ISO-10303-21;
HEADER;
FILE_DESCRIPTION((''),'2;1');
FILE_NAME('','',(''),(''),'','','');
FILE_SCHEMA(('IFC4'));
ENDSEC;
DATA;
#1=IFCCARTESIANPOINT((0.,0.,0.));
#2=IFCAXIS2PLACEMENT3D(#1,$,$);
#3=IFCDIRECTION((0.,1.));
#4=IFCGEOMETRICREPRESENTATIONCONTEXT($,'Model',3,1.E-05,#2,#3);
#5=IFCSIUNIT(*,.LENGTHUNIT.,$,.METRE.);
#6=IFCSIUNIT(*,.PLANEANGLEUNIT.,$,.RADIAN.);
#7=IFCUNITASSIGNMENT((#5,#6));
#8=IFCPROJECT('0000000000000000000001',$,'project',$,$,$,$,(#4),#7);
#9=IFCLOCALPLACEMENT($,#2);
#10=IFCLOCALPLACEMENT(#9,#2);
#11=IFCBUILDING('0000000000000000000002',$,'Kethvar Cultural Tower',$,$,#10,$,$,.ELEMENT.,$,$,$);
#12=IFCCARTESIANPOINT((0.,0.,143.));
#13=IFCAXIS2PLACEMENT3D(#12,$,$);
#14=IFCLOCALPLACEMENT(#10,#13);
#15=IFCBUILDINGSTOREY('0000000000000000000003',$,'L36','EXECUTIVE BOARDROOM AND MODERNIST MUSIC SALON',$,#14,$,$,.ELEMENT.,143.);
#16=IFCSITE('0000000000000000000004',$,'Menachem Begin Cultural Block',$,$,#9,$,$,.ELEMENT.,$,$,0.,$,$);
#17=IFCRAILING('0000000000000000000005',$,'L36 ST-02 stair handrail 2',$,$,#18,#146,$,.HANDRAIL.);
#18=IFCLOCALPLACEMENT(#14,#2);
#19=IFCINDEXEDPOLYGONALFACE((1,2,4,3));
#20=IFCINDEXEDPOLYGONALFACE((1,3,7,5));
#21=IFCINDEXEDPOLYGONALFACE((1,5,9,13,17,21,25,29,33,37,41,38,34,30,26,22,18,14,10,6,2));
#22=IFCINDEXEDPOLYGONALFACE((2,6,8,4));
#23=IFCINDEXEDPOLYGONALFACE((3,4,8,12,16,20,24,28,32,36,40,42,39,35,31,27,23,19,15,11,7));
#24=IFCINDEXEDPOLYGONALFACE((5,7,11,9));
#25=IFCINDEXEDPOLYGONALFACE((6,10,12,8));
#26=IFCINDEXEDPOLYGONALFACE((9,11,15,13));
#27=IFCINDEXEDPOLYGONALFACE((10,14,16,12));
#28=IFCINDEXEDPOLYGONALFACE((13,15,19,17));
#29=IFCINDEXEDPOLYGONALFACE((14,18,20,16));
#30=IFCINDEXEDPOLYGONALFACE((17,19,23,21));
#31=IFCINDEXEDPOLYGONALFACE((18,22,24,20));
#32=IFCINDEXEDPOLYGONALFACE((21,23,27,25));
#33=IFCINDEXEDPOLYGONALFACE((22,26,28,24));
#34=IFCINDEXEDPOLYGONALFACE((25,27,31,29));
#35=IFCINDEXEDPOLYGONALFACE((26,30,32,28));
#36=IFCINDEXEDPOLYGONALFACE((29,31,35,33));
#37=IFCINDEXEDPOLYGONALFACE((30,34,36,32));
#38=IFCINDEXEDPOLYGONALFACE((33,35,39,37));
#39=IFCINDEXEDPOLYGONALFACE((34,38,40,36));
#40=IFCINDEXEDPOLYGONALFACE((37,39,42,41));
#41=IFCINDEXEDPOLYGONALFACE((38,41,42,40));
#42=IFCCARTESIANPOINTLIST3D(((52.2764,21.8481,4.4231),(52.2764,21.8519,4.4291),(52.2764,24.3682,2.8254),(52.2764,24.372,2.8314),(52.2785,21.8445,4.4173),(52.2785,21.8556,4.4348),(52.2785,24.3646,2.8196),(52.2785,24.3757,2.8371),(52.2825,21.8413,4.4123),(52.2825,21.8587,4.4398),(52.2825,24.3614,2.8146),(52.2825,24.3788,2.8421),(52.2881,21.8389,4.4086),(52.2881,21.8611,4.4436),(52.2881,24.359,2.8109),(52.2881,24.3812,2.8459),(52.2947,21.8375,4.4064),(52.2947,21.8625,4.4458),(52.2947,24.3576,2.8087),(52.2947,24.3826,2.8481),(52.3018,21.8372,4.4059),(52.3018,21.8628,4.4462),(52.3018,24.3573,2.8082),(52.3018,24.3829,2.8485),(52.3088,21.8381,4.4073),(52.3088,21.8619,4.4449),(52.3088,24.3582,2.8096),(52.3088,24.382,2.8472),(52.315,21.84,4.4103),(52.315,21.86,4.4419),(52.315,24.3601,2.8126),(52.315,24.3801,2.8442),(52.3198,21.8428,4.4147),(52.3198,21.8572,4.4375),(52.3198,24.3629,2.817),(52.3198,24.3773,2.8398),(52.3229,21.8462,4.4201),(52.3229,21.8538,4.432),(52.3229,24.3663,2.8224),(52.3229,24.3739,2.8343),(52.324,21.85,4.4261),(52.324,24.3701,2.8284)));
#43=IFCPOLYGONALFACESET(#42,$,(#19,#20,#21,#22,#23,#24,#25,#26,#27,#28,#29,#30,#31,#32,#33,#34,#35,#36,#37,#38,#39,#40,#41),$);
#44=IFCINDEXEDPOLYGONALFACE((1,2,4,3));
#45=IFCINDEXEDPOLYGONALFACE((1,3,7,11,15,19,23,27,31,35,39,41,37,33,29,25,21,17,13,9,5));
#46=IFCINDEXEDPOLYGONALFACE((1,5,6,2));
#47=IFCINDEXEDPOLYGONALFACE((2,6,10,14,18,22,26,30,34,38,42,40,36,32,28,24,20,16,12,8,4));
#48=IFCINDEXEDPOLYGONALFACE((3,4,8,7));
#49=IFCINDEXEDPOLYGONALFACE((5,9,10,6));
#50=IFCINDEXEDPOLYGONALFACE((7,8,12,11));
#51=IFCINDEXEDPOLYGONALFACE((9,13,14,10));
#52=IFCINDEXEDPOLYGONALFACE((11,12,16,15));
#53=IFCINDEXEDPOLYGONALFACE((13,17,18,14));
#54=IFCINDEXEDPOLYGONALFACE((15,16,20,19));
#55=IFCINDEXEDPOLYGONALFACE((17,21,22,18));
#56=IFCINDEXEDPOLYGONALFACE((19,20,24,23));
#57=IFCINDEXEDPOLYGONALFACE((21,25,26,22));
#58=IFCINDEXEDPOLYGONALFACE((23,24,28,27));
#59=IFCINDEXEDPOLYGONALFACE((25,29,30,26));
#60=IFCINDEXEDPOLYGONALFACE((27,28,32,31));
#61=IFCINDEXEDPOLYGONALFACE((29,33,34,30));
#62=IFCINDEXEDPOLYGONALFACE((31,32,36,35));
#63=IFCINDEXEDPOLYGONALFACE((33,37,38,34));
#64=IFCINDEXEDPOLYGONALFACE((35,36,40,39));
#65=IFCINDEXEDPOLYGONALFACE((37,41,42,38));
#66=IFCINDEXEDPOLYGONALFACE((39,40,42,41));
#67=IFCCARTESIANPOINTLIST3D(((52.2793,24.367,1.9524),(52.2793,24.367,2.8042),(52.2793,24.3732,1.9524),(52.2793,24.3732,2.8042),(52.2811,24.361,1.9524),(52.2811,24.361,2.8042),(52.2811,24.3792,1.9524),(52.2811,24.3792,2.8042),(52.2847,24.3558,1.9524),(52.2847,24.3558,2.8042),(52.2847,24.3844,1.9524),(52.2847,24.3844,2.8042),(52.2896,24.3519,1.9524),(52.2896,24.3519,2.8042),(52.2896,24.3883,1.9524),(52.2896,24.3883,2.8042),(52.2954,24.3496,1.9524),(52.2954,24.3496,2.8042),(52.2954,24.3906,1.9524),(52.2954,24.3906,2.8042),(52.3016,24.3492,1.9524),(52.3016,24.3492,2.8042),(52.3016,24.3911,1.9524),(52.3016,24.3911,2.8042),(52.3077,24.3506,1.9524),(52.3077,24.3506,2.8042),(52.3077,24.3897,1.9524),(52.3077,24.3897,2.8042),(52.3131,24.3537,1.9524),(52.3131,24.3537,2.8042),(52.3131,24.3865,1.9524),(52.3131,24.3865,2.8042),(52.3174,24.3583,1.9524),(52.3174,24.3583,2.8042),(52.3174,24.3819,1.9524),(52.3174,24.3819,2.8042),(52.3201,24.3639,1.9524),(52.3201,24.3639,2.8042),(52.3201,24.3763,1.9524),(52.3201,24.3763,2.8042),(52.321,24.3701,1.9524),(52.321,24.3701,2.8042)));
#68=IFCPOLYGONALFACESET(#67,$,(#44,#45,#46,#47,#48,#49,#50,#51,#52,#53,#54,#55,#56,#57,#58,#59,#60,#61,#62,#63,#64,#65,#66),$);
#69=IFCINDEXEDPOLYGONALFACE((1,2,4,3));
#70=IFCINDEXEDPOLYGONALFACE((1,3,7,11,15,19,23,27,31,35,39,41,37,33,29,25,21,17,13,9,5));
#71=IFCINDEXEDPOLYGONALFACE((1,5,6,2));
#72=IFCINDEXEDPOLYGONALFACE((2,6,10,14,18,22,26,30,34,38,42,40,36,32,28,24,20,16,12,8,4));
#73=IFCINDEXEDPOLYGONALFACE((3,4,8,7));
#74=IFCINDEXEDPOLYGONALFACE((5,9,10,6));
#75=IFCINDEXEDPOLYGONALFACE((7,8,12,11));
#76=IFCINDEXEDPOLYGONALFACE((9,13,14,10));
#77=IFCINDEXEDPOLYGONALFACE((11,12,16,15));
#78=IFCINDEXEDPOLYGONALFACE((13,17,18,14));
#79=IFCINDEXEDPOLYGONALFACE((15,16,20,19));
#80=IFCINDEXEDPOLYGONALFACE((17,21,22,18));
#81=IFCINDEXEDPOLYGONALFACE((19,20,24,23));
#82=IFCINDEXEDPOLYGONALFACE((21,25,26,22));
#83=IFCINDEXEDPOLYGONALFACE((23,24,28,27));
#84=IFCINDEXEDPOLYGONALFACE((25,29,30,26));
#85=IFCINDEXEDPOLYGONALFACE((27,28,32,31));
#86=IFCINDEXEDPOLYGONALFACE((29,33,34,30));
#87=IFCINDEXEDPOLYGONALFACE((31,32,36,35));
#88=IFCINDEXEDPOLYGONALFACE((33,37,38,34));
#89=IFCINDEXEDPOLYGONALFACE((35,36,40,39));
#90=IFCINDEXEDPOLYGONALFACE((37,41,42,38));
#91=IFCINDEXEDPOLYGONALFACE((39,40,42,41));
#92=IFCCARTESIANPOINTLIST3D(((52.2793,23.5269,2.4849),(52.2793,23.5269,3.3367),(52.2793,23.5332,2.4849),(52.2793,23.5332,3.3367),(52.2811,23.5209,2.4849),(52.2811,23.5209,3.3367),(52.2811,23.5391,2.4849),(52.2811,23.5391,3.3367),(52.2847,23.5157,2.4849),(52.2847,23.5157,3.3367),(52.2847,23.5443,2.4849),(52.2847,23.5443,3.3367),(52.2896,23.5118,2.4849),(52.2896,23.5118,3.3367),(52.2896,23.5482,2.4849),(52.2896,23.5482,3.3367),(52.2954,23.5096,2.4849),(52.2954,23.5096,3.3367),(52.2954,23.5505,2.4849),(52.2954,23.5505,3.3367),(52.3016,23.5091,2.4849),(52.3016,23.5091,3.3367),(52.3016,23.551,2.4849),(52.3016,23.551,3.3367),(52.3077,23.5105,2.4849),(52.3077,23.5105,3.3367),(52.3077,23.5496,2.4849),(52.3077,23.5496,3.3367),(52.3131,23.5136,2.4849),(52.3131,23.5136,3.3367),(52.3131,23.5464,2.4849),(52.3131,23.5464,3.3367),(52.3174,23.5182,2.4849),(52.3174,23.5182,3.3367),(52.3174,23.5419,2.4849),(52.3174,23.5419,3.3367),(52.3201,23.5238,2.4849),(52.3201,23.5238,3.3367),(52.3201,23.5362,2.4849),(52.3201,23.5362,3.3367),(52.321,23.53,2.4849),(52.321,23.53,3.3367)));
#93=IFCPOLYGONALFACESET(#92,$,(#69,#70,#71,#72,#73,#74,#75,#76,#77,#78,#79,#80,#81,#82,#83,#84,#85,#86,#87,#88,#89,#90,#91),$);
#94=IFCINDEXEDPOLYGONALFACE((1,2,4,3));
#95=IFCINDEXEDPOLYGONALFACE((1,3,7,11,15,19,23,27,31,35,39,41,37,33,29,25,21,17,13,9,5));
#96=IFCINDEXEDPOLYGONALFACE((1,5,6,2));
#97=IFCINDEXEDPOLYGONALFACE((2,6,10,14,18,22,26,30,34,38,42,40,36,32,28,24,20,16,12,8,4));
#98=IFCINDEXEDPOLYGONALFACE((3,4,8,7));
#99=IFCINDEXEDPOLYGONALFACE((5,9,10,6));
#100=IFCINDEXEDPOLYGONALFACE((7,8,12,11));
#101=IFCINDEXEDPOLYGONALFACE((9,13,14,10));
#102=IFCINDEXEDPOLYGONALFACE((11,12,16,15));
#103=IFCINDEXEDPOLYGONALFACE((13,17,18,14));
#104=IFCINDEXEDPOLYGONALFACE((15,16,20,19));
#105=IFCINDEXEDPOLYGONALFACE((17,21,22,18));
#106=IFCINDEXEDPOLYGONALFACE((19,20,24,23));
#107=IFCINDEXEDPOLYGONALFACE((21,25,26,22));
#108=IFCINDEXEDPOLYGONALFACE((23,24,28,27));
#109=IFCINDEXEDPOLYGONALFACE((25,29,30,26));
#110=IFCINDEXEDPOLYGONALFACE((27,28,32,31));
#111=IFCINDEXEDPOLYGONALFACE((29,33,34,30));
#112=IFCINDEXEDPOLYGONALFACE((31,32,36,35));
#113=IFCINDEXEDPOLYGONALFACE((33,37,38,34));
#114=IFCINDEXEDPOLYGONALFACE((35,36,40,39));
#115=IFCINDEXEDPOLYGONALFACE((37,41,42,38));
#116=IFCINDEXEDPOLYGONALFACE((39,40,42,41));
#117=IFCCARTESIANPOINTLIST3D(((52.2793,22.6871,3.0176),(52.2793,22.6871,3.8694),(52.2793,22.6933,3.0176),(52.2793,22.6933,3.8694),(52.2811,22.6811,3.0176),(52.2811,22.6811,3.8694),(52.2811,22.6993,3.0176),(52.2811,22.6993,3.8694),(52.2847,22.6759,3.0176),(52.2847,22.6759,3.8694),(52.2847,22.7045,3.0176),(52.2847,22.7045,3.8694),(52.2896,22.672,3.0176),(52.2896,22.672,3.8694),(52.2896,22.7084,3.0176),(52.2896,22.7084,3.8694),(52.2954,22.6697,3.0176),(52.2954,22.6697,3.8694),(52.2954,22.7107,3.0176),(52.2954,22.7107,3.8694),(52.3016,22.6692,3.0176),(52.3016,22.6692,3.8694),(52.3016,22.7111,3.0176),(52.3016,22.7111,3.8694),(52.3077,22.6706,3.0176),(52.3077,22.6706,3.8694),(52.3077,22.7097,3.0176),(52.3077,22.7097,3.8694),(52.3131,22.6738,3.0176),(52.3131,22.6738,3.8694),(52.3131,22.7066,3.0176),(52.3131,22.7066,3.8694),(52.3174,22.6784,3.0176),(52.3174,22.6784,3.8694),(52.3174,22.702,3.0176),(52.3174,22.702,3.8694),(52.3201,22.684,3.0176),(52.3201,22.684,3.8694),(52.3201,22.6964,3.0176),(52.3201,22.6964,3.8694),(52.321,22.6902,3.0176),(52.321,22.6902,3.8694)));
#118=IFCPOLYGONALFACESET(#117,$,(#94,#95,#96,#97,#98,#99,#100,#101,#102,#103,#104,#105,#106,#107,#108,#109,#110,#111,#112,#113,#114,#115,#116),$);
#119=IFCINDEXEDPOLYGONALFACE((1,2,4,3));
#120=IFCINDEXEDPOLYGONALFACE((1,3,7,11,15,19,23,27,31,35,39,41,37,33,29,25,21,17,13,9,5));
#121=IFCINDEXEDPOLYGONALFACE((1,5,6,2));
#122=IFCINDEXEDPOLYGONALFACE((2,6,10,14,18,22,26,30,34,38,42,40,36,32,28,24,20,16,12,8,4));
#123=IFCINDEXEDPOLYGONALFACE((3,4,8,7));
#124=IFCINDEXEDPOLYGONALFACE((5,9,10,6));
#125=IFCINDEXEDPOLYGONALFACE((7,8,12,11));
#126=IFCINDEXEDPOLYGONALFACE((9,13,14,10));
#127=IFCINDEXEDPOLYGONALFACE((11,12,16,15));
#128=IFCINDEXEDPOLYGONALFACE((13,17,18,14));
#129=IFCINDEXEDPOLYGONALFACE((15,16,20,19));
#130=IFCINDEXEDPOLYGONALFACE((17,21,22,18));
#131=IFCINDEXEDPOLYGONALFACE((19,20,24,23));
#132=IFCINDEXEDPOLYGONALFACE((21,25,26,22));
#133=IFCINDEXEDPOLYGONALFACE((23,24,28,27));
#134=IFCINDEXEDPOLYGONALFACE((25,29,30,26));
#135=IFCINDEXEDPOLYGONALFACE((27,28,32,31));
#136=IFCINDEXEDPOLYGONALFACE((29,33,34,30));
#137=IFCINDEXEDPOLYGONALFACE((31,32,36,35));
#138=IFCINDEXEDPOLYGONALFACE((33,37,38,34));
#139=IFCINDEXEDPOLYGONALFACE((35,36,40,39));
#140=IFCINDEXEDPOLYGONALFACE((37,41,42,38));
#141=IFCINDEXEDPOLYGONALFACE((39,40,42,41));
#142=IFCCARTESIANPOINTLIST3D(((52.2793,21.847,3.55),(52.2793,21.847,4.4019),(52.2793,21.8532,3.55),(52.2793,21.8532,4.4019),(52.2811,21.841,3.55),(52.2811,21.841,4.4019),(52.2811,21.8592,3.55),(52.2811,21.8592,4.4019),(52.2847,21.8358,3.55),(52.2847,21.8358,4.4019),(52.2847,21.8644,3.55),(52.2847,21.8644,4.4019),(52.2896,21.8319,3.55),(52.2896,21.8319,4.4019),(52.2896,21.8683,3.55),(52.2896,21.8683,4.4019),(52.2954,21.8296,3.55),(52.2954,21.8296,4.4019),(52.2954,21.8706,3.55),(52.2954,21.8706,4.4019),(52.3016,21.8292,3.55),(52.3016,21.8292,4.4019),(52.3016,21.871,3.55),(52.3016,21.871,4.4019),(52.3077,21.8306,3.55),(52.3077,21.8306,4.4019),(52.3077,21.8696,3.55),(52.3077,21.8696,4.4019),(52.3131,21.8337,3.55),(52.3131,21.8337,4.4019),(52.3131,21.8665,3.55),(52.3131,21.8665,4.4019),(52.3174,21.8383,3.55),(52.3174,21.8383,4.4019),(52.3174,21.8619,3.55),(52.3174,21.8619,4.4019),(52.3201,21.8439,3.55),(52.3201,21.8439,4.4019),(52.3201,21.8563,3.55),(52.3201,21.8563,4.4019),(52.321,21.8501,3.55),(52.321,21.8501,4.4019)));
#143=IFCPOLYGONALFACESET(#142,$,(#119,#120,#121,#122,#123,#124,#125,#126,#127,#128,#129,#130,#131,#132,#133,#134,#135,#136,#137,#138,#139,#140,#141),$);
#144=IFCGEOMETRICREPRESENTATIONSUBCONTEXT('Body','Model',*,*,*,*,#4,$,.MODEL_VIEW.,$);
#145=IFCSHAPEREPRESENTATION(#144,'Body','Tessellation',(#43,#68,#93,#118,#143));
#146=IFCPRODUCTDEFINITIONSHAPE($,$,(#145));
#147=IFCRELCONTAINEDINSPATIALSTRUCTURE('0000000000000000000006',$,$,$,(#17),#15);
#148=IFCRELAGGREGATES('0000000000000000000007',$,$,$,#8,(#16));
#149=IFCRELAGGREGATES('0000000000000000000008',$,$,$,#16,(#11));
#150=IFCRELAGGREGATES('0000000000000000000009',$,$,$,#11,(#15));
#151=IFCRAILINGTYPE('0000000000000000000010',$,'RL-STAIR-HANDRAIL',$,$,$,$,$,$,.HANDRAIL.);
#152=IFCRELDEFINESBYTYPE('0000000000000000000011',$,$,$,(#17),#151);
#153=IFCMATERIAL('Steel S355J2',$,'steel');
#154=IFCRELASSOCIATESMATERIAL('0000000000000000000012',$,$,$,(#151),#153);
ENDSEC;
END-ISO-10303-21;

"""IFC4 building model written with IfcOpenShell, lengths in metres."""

from ifc_helpers import new_model, si_unit, direction, frame, origin, origin_2d, place, context, subcontext, project, spatial, circle, extrude, material, type_object, element, save


model = new_model("IFC4")

# Units and contexts
model_context = context("Model", 3, precision=1e-05, world=origin(), true_north=direction((0.0, 1.0)))
body_context = subcontext(model_context, "Body", "Model", "MODEL_VIEW")
ifc_project = project(units=[si_unit("LENGTHUNIT", "METRE"), si_unit("PLANEANGLEUNIT", "RADIAN")], contexts=[model_context])

# Site, building, storey
site_placement = place(None, origin())
site = spatial("IfcSite", under=ifc_project, at=site_placement, Name="Menachem Begin Cultural Block", CompositionType="ELEMENT", RefElevation=0.0)
building_placement = place(site_placement, origin())
building = spatial("IfcBuilding", under=site, at=building_placement, Name="Kethvar Cultural Tower", CompositionType="ELEMENT")
storey_placement = place(building_placement, frame((0.0, 0.0, 143.0)))
storey = spatial("IfcBuildingStorey", under=building, at=storey_placement, Name="L36", Description="EXECUTIVE BOARDROOM AND MODERNIST MUSIC SALON", CompositionType="ELEMENT", Elevation=143.0)

# Shared definitions
ifc_material_1 = material(Name="Steel S355J2", Category="steel")

# Railing
railing_type_1 = type_object("IfcRailingType", Name="RL-STAIR-HANDRAIL", PredefinedType="HANDRAIL", material=ifc_material_1)
railing_1_placement = place(storey_placement, frame((52.3, 24.3701, 1.9524)))
element("IfcRailing", 1, at=railing_1_placement, inside=storey, type_object=railing_type_1, Name="L36 ST-02 stair handrail 2", PredefinedType="HANDRAIL", context=body_context, shape_type="SweptSolid", body=[
    extrude(circle(Radius=0.0239, at=origin_2d()), frame((0.0, 0.0, 0.876), z_axis=(0.0, -0.84457, 0.535445), x_axis=(1.0, 0.0, 0.0)), (0.0, 0.0, 1.0), 2.9839),
    extrude(circle(Radius=0.021, at=origin_2d()), origin(), (0.0, 0.0, 1.0), 0.8518),
    extrude(circle(Radius=0.021, at=origin_2d()), frame((0.0, -0.8401, 0.5325)), (0.0, 0.0, 1.0), 0.8518),
    extrude(circle(Radius=0.021, at=origin_2d()), frame((0.0, -1.6799, 1.0652)), (0.0, 0.0, 1.0), 0.8518),
    extrude(circle(Radius=0.021, at=origin_2d()), frame((0.0, -2.52, 1.5977)), (0.0, 0.0, 1.0), 0.8518),
])

save(model, "model.ifc")
